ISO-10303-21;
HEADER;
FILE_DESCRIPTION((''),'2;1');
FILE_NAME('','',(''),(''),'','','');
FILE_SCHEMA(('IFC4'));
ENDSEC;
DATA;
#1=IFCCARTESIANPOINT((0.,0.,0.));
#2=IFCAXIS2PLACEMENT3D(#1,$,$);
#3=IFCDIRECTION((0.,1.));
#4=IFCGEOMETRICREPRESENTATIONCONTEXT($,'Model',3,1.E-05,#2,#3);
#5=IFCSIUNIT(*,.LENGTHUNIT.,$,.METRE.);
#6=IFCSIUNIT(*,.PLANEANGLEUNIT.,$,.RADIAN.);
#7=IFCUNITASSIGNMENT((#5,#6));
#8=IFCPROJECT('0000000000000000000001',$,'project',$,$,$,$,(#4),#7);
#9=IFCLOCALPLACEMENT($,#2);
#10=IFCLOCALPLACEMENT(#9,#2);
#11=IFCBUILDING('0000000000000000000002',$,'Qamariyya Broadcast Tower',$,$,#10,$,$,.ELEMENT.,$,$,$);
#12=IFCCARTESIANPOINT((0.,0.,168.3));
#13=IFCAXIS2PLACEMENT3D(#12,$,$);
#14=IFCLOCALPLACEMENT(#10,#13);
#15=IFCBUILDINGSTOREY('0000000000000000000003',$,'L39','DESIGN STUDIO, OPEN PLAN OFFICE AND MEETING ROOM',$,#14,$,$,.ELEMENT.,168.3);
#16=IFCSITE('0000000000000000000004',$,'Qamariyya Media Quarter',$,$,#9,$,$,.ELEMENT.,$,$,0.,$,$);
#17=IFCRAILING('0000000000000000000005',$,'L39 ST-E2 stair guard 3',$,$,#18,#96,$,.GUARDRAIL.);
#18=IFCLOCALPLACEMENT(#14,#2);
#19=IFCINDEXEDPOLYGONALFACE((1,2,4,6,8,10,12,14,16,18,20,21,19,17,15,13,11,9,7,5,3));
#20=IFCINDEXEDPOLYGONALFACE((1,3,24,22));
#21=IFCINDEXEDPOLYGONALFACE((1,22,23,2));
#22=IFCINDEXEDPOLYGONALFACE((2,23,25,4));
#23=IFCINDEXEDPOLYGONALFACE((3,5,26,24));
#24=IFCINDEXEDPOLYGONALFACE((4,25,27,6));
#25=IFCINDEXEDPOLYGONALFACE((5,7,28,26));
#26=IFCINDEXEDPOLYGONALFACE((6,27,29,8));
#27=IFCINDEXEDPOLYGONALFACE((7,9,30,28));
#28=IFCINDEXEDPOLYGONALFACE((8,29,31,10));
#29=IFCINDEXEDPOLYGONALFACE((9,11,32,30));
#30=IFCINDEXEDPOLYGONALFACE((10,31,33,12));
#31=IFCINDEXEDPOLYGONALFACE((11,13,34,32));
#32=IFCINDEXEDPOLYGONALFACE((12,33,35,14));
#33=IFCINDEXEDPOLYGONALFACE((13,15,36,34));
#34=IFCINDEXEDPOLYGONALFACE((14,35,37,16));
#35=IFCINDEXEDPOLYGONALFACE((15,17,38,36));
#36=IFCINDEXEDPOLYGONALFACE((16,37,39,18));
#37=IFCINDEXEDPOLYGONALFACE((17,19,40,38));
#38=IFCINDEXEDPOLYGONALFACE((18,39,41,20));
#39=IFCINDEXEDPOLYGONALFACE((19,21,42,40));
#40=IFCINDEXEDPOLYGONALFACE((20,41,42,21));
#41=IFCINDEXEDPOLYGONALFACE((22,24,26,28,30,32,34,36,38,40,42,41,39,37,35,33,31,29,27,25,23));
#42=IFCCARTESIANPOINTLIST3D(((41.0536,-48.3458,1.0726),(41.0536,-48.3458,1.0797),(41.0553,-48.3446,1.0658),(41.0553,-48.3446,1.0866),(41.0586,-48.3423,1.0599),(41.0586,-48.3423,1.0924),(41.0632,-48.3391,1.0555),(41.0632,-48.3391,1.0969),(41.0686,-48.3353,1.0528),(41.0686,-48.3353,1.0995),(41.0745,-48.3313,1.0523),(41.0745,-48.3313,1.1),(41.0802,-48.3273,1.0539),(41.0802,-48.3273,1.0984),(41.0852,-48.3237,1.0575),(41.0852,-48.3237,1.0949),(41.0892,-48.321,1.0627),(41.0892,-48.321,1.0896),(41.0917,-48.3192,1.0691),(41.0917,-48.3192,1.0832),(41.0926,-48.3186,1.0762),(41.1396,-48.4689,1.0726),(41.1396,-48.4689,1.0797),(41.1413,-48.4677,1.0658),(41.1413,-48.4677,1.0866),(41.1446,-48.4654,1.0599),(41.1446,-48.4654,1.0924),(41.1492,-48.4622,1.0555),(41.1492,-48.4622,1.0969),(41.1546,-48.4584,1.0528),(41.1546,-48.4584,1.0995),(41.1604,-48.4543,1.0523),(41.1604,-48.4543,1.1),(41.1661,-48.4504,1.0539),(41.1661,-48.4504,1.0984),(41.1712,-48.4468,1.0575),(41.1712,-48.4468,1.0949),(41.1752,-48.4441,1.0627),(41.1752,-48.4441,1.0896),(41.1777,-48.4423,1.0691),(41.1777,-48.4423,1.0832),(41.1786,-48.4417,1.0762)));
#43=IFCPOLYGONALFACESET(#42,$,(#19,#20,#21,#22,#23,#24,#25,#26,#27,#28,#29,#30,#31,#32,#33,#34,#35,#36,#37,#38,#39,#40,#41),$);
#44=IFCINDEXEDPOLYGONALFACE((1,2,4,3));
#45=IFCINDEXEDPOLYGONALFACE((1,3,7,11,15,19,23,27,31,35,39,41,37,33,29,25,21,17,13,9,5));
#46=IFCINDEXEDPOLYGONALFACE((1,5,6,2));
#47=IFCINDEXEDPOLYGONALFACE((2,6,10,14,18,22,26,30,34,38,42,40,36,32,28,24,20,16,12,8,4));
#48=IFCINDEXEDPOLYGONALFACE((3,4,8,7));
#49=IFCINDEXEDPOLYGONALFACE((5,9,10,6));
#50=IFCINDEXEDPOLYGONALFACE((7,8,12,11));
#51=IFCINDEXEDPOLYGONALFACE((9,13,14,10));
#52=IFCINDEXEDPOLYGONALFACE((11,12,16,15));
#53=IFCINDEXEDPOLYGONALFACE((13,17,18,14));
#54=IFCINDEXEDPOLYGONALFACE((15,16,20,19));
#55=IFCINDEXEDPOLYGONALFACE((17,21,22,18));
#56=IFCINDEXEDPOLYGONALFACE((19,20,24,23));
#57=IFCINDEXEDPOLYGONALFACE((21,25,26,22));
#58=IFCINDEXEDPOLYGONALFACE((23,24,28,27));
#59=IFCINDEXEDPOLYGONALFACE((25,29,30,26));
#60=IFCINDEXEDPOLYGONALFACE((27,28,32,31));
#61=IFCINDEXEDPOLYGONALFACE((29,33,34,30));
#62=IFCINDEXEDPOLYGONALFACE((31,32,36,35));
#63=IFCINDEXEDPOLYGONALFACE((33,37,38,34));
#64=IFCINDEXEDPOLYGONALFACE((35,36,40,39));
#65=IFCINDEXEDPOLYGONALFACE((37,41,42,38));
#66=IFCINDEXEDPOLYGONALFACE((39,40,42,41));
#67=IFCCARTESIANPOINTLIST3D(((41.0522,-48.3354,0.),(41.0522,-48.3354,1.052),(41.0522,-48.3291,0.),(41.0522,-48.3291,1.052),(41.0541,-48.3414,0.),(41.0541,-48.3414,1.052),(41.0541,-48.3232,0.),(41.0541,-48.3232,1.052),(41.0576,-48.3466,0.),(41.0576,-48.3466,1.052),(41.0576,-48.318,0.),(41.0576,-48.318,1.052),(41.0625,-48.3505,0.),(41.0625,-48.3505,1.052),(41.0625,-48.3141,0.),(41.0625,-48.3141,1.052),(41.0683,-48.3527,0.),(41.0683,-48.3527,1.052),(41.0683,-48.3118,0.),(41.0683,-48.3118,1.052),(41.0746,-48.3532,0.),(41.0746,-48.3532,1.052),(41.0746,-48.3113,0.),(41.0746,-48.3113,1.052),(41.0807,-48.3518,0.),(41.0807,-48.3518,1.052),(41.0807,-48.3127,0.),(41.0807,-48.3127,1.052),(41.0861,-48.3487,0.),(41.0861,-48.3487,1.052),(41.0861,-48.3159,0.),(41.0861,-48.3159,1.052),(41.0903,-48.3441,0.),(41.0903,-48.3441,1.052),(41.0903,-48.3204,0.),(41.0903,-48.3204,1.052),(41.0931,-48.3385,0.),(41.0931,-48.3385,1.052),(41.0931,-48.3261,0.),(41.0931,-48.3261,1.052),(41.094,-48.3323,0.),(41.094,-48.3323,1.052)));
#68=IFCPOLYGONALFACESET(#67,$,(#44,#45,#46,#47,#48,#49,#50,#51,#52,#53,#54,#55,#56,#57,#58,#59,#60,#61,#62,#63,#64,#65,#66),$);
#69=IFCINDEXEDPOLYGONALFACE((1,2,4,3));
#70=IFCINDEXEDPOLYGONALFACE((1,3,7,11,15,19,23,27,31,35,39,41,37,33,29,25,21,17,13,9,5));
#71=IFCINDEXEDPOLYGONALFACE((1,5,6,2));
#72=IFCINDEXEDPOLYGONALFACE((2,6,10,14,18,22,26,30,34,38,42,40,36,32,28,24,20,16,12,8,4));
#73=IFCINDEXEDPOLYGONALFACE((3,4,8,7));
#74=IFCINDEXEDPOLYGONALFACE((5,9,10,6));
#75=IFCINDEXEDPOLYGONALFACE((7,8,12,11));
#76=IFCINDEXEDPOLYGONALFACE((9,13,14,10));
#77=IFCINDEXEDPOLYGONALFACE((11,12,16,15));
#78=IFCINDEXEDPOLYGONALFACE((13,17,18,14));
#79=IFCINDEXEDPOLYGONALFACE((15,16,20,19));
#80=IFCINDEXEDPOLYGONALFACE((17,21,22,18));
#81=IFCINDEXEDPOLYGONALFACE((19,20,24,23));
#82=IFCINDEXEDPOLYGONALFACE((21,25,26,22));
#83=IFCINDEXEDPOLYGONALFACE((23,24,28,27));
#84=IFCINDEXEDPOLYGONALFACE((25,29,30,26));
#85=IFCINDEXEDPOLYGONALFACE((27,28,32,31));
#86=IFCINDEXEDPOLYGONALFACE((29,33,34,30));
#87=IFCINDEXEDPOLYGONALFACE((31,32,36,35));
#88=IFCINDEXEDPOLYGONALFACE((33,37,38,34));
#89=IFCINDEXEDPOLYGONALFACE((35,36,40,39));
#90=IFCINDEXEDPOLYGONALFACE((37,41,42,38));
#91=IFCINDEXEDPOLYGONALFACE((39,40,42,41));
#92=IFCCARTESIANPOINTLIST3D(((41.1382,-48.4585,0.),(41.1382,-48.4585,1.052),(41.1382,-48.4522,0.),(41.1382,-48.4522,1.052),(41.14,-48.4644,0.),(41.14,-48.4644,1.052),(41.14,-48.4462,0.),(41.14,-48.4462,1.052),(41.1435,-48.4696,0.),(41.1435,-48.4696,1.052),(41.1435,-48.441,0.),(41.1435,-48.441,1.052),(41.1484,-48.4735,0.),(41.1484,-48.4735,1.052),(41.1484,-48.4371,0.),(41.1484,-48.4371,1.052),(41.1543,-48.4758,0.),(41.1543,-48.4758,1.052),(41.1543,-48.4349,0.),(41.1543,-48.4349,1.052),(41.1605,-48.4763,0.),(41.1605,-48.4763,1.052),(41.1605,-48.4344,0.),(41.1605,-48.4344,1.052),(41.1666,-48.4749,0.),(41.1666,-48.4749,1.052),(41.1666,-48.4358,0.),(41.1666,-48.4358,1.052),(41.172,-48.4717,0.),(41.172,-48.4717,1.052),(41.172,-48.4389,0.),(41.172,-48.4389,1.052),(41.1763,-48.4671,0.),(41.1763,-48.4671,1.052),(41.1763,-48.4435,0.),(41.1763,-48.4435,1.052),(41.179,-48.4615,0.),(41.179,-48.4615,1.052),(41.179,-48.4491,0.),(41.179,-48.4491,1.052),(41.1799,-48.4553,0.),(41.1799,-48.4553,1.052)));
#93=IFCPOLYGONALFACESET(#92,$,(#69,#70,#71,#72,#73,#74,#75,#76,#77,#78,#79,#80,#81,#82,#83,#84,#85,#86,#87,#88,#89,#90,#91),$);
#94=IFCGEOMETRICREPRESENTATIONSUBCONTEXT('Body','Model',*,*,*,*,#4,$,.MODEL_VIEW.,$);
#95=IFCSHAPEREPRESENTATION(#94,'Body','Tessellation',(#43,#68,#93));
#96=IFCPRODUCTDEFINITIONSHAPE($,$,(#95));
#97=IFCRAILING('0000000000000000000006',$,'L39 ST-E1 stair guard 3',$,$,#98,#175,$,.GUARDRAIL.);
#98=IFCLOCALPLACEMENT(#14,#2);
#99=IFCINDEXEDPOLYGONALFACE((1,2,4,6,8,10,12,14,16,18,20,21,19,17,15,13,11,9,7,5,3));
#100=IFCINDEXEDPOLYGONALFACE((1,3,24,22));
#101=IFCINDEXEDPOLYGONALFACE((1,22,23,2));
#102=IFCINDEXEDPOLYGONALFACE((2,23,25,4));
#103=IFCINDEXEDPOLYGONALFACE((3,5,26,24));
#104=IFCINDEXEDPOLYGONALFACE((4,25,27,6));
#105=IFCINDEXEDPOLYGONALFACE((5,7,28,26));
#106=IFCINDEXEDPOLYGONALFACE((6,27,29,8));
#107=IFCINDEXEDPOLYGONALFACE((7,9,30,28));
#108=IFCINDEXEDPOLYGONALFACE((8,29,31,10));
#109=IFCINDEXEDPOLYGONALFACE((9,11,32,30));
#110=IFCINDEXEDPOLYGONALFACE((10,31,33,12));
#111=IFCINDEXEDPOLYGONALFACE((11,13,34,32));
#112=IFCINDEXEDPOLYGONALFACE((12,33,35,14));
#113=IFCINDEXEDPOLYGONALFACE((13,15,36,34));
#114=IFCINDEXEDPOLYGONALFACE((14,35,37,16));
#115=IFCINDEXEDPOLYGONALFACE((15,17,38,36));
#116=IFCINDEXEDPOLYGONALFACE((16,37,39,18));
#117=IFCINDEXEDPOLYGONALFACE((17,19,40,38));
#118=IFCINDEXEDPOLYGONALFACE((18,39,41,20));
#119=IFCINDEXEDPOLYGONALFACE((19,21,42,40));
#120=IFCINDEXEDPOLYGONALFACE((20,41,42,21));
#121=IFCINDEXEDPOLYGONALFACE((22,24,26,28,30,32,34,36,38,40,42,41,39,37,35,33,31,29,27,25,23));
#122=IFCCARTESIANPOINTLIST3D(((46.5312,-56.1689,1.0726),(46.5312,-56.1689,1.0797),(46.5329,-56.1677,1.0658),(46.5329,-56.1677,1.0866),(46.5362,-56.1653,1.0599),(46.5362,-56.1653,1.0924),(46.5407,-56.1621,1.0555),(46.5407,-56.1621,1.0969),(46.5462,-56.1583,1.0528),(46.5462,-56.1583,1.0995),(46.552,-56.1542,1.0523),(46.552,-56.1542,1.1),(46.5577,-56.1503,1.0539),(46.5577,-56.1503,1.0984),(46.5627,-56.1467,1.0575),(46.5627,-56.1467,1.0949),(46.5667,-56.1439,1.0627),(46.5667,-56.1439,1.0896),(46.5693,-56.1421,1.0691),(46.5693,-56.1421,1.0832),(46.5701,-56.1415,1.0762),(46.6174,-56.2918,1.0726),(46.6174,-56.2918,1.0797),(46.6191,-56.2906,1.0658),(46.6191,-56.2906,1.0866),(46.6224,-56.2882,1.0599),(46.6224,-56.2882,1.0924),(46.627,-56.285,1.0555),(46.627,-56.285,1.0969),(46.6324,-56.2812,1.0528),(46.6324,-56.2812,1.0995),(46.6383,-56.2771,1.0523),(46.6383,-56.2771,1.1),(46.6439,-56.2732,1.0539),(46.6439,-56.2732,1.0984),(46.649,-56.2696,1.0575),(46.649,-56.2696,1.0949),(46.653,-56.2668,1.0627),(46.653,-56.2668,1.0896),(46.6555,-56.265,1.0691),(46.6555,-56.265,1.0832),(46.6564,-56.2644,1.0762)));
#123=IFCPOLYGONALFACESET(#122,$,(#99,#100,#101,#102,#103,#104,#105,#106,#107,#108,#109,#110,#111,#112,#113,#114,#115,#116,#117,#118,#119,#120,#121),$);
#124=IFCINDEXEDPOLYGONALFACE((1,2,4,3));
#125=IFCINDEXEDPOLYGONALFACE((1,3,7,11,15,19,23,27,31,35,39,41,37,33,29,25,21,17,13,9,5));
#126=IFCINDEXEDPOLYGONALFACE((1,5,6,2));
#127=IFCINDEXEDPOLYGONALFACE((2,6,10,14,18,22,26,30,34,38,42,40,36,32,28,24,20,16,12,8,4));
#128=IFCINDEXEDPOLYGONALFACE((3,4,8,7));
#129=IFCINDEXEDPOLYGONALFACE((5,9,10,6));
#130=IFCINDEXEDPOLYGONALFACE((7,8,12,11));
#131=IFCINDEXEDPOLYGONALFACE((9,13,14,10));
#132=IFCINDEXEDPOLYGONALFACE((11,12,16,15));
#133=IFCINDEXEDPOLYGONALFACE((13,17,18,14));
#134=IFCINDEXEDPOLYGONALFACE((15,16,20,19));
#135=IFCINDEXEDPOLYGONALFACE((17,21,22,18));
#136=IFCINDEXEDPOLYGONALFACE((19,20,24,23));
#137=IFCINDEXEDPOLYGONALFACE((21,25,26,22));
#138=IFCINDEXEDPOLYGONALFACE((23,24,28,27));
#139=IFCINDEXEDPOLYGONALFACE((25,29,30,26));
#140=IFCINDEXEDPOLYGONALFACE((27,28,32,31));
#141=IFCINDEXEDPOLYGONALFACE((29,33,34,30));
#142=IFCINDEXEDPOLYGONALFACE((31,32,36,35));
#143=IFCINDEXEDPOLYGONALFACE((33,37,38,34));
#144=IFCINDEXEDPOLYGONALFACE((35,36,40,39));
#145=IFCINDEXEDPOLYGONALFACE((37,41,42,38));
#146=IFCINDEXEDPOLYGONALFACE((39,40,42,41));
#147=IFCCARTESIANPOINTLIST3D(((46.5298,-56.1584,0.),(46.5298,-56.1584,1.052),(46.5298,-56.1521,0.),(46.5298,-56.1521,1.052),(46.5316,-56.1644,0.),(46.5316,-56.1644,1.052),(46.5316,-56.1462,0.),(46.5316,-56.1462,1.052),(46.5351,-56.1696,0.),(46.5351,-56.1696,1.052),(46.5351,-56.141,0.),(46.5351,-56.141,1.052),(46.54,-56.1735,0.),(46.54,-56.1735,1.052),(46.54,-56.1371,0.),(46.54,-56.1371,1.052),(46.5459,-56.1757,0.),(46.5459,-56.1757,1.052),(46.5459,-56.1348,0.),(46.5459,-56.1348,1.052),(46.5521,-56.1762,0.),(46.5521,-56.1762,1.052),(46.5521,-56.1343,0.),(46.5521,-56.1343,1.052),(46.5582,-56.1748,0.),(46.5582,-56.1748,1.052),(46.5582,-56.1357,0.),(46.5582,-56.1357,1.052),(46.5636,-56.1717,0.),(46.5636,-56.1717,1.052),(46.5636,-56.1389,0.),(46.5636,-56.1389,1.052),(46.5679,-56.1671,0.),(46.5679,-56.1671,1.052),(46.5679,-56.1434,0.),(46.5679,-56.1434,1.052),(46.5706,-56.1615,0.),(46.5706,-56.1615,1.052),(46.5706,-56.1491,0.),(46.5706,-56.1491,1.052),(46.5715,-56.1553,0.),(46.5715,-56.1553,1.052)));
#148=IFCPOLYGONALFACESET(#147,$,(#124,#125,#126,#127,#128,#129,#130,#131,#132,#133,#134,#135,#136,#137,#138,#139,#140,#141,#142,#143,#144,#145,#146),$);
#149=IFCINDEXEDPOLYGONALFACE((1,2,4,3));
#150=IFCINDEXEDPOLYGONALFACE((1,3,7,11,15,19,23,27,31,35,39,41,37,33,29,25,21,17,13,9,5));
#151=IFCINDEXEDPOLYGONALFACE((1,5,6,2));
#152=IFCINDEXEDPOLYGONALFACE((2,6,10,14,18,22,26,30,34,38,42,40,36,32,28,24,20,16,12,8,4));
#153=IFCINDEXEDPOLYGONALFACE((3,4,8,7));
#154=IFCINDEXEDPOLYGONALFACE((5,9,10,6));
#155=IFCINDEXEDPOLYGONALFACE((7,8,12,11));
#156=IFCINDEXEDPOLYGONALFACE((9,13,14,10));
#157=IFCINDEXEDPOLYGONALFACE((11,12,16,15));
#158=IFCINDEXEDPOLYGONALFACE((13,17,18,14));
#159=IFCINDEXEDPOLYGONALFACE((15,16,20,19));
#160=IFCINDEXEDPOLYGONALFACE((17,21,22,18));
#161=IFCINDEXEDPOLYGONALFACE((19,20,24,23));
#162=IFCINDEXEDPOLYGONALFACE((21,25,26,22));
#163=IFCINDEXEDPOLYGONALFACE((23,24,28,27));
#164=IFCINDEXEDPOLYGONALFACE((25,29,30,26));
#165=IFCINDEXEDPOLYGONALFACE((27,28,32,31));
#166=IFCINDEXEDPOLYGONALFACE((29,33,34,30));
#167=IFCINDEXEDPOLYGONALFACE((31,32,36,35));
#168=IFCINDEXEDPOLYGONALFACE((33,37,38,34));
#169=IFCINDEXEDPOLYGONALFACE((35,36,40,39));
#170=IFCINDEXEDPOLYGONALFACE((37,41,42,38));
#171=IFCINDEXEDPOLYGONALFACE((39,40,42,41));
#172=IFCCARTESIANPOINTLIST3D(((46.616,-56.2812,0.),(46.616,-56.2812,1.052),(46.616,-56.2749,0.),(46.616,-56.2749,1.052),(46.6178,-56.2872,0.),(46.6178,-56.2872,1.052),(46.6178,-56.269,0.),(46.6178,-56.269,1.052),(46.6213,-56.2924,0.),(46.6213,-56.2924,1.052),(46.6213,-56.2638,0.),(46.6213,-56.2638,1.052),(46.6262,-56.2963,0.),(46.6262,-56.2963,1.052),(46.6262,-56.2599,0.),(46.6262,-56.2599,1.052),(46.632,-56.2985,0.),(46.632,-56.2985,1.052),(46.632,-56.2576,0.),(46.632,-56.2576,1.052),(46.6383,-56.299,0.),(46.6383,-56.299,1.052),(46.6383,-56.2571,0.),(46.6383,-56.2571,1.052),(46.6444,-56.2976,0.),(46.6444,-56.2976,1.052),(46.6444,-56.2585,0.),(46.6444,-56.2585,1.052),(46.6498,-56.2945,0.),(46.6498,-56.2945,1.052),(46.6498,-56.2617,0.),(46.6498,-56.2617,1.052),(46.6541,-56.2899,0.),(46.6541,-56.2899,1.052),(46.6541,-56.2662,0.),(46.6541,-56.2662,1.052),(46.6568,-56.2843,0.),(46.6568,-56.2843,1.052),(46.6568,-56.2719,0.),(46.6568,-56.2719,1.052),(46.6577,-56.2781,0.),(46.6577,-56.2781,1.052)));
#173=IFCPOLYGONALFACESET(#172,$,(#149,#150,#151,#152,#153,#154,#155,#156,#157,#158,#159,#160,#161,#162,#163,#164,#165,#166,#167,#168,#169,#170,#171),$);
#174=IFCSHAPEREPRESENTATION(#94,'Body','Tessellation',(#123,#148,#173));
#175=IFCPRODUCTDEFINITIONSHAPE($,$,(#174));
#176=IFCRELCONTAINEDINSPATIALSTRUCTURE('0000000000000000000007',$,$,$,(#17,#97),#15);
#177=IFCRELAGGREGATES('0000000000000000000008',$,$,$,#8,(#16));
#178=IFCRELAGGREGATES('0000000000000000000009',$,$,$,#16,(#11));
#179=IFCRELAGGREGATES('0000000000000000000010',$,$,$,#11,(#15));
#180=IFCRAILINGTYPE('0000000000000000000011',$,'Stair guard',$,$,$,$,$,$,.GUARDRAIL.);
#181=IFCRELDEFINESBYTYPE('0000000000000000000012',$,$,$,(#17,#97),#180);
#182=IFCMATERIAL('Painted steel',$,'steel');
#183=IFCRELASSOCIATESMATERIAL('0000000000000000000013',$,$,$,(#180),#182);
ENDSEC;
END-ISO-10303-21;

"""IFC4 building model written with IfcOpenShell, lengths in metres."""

from ifc_helpers import new_model, si_unit, direction, frame, origin, origin_2d, place, context, subcontext, project, spatial, circle, extrude, material, type_object, element, save


model = new_model("IFC4")

# Units and contexts
model_context = context("Model", 3, precision=1e-05, world=origin(), true_north=direction((0.0, 1.0)))
body_context = subcontext(model_context, "Body", "Model", "MODEL_VIEW")
ifc_project = project(units=[si_unit("LENGTHUNIT", "METRE"), si_unit("PLANEANGLEUNIT", "RADIAN")], contexts=[model_context])

# Site, building, storey
site_placement = place(None, origin())
site = spatial("IfcSite", under=ifc_project, at=site_placement, Name="Qamariyya Media Quarter", CompositionType="ELEMENT", RefElevation=0.0)
building_placement = place(site_placement, origin())
building = spatial("IfcBuilding", under=site, at=building_placement, Name="Qamariyya Broadcast Tower", CompositionType="ELEMENT")
storey_placement = place(building_placement, frame((0.0, 0.0, 168.3)))
storey = spatial("IfcBuildingStorey", under=building, at=storey_placement, Name="L39", Description="DESIGN STUDIO, OPEN PLAN OFFICE AND MEETING ROOM", CompositionType="ELEMENT", Elevation=168.3)

# Railings
ifc_material_1 = material(Name="Painted steel", Category="steel")
railing_type_1 = type_object("IfcRailingType", Name="Stair guard", PredefinedType="GUARDRAIL", material=ifc_material_1)
railing_1_placement = place(storey_placement, frame((41.073, -48.3323, 0.0)))
element("IfcRailing", 1, at=railing_1_placement, inside=storey, type_object=railing_type_1, Name="L39 ST-E2 stair guard 3", PredefinedType="GUARDRAIL", context=body_context, shape_type="SweptSolid", body=[
    extrude(circle(Radius=0.0239, at=origin_2d()), frame((0.0, 0.0, 1.0762), z_axis=(0.572589, -0.819843, 0.0), x_axis=(0.819843, 0.572589, 0.0)), (0.0, 0.0, 1.0), 0.1501),
    extrude(circle(Radius=0.021, at=origin_2d()), origin(), (0.0, 0.0, 1.0), 1.052),
    extrude(circle(Radius=0.021, at=origin_2d()), frame((0.0859, -0.123, 0.0)), (0.0, 0.0, 1.0), 1.052),
])
railing_2_placement = place(storey_placement, frame((46.5505, -56.1553, 0.0)))
element("IfcRailing", 2, at=railing_2_placement, inside=storey, type_object=railing_type_1, Name="L39 ST-E1 stair guard 3", PredefinedType="GUARDRAIL", context=body_context, shape_type="SweptSolid", body=[
    extrude(circle(Radius=0.0239, at=origin_2d()), frame((0.0, 0.0, 1.0762), z_axis=(0.574445, -0.818543, 0.0), x_axis=(0.818543, 0.574445, 0.0)), (0.0, 0.0, 1.0), 0.1501),
    extrude(circle(Radius=0.021, at=origin_2d()), origin(), (0.0, 0.0, 1.0), 1.052),
    extrude(circle(Radius=0.021, at=origin_2d()), frame((0.0862, -0.1228, 0.0)), (0.0, 0.0, 1.0), 1.052),
])

save(model, "model.ifc")
